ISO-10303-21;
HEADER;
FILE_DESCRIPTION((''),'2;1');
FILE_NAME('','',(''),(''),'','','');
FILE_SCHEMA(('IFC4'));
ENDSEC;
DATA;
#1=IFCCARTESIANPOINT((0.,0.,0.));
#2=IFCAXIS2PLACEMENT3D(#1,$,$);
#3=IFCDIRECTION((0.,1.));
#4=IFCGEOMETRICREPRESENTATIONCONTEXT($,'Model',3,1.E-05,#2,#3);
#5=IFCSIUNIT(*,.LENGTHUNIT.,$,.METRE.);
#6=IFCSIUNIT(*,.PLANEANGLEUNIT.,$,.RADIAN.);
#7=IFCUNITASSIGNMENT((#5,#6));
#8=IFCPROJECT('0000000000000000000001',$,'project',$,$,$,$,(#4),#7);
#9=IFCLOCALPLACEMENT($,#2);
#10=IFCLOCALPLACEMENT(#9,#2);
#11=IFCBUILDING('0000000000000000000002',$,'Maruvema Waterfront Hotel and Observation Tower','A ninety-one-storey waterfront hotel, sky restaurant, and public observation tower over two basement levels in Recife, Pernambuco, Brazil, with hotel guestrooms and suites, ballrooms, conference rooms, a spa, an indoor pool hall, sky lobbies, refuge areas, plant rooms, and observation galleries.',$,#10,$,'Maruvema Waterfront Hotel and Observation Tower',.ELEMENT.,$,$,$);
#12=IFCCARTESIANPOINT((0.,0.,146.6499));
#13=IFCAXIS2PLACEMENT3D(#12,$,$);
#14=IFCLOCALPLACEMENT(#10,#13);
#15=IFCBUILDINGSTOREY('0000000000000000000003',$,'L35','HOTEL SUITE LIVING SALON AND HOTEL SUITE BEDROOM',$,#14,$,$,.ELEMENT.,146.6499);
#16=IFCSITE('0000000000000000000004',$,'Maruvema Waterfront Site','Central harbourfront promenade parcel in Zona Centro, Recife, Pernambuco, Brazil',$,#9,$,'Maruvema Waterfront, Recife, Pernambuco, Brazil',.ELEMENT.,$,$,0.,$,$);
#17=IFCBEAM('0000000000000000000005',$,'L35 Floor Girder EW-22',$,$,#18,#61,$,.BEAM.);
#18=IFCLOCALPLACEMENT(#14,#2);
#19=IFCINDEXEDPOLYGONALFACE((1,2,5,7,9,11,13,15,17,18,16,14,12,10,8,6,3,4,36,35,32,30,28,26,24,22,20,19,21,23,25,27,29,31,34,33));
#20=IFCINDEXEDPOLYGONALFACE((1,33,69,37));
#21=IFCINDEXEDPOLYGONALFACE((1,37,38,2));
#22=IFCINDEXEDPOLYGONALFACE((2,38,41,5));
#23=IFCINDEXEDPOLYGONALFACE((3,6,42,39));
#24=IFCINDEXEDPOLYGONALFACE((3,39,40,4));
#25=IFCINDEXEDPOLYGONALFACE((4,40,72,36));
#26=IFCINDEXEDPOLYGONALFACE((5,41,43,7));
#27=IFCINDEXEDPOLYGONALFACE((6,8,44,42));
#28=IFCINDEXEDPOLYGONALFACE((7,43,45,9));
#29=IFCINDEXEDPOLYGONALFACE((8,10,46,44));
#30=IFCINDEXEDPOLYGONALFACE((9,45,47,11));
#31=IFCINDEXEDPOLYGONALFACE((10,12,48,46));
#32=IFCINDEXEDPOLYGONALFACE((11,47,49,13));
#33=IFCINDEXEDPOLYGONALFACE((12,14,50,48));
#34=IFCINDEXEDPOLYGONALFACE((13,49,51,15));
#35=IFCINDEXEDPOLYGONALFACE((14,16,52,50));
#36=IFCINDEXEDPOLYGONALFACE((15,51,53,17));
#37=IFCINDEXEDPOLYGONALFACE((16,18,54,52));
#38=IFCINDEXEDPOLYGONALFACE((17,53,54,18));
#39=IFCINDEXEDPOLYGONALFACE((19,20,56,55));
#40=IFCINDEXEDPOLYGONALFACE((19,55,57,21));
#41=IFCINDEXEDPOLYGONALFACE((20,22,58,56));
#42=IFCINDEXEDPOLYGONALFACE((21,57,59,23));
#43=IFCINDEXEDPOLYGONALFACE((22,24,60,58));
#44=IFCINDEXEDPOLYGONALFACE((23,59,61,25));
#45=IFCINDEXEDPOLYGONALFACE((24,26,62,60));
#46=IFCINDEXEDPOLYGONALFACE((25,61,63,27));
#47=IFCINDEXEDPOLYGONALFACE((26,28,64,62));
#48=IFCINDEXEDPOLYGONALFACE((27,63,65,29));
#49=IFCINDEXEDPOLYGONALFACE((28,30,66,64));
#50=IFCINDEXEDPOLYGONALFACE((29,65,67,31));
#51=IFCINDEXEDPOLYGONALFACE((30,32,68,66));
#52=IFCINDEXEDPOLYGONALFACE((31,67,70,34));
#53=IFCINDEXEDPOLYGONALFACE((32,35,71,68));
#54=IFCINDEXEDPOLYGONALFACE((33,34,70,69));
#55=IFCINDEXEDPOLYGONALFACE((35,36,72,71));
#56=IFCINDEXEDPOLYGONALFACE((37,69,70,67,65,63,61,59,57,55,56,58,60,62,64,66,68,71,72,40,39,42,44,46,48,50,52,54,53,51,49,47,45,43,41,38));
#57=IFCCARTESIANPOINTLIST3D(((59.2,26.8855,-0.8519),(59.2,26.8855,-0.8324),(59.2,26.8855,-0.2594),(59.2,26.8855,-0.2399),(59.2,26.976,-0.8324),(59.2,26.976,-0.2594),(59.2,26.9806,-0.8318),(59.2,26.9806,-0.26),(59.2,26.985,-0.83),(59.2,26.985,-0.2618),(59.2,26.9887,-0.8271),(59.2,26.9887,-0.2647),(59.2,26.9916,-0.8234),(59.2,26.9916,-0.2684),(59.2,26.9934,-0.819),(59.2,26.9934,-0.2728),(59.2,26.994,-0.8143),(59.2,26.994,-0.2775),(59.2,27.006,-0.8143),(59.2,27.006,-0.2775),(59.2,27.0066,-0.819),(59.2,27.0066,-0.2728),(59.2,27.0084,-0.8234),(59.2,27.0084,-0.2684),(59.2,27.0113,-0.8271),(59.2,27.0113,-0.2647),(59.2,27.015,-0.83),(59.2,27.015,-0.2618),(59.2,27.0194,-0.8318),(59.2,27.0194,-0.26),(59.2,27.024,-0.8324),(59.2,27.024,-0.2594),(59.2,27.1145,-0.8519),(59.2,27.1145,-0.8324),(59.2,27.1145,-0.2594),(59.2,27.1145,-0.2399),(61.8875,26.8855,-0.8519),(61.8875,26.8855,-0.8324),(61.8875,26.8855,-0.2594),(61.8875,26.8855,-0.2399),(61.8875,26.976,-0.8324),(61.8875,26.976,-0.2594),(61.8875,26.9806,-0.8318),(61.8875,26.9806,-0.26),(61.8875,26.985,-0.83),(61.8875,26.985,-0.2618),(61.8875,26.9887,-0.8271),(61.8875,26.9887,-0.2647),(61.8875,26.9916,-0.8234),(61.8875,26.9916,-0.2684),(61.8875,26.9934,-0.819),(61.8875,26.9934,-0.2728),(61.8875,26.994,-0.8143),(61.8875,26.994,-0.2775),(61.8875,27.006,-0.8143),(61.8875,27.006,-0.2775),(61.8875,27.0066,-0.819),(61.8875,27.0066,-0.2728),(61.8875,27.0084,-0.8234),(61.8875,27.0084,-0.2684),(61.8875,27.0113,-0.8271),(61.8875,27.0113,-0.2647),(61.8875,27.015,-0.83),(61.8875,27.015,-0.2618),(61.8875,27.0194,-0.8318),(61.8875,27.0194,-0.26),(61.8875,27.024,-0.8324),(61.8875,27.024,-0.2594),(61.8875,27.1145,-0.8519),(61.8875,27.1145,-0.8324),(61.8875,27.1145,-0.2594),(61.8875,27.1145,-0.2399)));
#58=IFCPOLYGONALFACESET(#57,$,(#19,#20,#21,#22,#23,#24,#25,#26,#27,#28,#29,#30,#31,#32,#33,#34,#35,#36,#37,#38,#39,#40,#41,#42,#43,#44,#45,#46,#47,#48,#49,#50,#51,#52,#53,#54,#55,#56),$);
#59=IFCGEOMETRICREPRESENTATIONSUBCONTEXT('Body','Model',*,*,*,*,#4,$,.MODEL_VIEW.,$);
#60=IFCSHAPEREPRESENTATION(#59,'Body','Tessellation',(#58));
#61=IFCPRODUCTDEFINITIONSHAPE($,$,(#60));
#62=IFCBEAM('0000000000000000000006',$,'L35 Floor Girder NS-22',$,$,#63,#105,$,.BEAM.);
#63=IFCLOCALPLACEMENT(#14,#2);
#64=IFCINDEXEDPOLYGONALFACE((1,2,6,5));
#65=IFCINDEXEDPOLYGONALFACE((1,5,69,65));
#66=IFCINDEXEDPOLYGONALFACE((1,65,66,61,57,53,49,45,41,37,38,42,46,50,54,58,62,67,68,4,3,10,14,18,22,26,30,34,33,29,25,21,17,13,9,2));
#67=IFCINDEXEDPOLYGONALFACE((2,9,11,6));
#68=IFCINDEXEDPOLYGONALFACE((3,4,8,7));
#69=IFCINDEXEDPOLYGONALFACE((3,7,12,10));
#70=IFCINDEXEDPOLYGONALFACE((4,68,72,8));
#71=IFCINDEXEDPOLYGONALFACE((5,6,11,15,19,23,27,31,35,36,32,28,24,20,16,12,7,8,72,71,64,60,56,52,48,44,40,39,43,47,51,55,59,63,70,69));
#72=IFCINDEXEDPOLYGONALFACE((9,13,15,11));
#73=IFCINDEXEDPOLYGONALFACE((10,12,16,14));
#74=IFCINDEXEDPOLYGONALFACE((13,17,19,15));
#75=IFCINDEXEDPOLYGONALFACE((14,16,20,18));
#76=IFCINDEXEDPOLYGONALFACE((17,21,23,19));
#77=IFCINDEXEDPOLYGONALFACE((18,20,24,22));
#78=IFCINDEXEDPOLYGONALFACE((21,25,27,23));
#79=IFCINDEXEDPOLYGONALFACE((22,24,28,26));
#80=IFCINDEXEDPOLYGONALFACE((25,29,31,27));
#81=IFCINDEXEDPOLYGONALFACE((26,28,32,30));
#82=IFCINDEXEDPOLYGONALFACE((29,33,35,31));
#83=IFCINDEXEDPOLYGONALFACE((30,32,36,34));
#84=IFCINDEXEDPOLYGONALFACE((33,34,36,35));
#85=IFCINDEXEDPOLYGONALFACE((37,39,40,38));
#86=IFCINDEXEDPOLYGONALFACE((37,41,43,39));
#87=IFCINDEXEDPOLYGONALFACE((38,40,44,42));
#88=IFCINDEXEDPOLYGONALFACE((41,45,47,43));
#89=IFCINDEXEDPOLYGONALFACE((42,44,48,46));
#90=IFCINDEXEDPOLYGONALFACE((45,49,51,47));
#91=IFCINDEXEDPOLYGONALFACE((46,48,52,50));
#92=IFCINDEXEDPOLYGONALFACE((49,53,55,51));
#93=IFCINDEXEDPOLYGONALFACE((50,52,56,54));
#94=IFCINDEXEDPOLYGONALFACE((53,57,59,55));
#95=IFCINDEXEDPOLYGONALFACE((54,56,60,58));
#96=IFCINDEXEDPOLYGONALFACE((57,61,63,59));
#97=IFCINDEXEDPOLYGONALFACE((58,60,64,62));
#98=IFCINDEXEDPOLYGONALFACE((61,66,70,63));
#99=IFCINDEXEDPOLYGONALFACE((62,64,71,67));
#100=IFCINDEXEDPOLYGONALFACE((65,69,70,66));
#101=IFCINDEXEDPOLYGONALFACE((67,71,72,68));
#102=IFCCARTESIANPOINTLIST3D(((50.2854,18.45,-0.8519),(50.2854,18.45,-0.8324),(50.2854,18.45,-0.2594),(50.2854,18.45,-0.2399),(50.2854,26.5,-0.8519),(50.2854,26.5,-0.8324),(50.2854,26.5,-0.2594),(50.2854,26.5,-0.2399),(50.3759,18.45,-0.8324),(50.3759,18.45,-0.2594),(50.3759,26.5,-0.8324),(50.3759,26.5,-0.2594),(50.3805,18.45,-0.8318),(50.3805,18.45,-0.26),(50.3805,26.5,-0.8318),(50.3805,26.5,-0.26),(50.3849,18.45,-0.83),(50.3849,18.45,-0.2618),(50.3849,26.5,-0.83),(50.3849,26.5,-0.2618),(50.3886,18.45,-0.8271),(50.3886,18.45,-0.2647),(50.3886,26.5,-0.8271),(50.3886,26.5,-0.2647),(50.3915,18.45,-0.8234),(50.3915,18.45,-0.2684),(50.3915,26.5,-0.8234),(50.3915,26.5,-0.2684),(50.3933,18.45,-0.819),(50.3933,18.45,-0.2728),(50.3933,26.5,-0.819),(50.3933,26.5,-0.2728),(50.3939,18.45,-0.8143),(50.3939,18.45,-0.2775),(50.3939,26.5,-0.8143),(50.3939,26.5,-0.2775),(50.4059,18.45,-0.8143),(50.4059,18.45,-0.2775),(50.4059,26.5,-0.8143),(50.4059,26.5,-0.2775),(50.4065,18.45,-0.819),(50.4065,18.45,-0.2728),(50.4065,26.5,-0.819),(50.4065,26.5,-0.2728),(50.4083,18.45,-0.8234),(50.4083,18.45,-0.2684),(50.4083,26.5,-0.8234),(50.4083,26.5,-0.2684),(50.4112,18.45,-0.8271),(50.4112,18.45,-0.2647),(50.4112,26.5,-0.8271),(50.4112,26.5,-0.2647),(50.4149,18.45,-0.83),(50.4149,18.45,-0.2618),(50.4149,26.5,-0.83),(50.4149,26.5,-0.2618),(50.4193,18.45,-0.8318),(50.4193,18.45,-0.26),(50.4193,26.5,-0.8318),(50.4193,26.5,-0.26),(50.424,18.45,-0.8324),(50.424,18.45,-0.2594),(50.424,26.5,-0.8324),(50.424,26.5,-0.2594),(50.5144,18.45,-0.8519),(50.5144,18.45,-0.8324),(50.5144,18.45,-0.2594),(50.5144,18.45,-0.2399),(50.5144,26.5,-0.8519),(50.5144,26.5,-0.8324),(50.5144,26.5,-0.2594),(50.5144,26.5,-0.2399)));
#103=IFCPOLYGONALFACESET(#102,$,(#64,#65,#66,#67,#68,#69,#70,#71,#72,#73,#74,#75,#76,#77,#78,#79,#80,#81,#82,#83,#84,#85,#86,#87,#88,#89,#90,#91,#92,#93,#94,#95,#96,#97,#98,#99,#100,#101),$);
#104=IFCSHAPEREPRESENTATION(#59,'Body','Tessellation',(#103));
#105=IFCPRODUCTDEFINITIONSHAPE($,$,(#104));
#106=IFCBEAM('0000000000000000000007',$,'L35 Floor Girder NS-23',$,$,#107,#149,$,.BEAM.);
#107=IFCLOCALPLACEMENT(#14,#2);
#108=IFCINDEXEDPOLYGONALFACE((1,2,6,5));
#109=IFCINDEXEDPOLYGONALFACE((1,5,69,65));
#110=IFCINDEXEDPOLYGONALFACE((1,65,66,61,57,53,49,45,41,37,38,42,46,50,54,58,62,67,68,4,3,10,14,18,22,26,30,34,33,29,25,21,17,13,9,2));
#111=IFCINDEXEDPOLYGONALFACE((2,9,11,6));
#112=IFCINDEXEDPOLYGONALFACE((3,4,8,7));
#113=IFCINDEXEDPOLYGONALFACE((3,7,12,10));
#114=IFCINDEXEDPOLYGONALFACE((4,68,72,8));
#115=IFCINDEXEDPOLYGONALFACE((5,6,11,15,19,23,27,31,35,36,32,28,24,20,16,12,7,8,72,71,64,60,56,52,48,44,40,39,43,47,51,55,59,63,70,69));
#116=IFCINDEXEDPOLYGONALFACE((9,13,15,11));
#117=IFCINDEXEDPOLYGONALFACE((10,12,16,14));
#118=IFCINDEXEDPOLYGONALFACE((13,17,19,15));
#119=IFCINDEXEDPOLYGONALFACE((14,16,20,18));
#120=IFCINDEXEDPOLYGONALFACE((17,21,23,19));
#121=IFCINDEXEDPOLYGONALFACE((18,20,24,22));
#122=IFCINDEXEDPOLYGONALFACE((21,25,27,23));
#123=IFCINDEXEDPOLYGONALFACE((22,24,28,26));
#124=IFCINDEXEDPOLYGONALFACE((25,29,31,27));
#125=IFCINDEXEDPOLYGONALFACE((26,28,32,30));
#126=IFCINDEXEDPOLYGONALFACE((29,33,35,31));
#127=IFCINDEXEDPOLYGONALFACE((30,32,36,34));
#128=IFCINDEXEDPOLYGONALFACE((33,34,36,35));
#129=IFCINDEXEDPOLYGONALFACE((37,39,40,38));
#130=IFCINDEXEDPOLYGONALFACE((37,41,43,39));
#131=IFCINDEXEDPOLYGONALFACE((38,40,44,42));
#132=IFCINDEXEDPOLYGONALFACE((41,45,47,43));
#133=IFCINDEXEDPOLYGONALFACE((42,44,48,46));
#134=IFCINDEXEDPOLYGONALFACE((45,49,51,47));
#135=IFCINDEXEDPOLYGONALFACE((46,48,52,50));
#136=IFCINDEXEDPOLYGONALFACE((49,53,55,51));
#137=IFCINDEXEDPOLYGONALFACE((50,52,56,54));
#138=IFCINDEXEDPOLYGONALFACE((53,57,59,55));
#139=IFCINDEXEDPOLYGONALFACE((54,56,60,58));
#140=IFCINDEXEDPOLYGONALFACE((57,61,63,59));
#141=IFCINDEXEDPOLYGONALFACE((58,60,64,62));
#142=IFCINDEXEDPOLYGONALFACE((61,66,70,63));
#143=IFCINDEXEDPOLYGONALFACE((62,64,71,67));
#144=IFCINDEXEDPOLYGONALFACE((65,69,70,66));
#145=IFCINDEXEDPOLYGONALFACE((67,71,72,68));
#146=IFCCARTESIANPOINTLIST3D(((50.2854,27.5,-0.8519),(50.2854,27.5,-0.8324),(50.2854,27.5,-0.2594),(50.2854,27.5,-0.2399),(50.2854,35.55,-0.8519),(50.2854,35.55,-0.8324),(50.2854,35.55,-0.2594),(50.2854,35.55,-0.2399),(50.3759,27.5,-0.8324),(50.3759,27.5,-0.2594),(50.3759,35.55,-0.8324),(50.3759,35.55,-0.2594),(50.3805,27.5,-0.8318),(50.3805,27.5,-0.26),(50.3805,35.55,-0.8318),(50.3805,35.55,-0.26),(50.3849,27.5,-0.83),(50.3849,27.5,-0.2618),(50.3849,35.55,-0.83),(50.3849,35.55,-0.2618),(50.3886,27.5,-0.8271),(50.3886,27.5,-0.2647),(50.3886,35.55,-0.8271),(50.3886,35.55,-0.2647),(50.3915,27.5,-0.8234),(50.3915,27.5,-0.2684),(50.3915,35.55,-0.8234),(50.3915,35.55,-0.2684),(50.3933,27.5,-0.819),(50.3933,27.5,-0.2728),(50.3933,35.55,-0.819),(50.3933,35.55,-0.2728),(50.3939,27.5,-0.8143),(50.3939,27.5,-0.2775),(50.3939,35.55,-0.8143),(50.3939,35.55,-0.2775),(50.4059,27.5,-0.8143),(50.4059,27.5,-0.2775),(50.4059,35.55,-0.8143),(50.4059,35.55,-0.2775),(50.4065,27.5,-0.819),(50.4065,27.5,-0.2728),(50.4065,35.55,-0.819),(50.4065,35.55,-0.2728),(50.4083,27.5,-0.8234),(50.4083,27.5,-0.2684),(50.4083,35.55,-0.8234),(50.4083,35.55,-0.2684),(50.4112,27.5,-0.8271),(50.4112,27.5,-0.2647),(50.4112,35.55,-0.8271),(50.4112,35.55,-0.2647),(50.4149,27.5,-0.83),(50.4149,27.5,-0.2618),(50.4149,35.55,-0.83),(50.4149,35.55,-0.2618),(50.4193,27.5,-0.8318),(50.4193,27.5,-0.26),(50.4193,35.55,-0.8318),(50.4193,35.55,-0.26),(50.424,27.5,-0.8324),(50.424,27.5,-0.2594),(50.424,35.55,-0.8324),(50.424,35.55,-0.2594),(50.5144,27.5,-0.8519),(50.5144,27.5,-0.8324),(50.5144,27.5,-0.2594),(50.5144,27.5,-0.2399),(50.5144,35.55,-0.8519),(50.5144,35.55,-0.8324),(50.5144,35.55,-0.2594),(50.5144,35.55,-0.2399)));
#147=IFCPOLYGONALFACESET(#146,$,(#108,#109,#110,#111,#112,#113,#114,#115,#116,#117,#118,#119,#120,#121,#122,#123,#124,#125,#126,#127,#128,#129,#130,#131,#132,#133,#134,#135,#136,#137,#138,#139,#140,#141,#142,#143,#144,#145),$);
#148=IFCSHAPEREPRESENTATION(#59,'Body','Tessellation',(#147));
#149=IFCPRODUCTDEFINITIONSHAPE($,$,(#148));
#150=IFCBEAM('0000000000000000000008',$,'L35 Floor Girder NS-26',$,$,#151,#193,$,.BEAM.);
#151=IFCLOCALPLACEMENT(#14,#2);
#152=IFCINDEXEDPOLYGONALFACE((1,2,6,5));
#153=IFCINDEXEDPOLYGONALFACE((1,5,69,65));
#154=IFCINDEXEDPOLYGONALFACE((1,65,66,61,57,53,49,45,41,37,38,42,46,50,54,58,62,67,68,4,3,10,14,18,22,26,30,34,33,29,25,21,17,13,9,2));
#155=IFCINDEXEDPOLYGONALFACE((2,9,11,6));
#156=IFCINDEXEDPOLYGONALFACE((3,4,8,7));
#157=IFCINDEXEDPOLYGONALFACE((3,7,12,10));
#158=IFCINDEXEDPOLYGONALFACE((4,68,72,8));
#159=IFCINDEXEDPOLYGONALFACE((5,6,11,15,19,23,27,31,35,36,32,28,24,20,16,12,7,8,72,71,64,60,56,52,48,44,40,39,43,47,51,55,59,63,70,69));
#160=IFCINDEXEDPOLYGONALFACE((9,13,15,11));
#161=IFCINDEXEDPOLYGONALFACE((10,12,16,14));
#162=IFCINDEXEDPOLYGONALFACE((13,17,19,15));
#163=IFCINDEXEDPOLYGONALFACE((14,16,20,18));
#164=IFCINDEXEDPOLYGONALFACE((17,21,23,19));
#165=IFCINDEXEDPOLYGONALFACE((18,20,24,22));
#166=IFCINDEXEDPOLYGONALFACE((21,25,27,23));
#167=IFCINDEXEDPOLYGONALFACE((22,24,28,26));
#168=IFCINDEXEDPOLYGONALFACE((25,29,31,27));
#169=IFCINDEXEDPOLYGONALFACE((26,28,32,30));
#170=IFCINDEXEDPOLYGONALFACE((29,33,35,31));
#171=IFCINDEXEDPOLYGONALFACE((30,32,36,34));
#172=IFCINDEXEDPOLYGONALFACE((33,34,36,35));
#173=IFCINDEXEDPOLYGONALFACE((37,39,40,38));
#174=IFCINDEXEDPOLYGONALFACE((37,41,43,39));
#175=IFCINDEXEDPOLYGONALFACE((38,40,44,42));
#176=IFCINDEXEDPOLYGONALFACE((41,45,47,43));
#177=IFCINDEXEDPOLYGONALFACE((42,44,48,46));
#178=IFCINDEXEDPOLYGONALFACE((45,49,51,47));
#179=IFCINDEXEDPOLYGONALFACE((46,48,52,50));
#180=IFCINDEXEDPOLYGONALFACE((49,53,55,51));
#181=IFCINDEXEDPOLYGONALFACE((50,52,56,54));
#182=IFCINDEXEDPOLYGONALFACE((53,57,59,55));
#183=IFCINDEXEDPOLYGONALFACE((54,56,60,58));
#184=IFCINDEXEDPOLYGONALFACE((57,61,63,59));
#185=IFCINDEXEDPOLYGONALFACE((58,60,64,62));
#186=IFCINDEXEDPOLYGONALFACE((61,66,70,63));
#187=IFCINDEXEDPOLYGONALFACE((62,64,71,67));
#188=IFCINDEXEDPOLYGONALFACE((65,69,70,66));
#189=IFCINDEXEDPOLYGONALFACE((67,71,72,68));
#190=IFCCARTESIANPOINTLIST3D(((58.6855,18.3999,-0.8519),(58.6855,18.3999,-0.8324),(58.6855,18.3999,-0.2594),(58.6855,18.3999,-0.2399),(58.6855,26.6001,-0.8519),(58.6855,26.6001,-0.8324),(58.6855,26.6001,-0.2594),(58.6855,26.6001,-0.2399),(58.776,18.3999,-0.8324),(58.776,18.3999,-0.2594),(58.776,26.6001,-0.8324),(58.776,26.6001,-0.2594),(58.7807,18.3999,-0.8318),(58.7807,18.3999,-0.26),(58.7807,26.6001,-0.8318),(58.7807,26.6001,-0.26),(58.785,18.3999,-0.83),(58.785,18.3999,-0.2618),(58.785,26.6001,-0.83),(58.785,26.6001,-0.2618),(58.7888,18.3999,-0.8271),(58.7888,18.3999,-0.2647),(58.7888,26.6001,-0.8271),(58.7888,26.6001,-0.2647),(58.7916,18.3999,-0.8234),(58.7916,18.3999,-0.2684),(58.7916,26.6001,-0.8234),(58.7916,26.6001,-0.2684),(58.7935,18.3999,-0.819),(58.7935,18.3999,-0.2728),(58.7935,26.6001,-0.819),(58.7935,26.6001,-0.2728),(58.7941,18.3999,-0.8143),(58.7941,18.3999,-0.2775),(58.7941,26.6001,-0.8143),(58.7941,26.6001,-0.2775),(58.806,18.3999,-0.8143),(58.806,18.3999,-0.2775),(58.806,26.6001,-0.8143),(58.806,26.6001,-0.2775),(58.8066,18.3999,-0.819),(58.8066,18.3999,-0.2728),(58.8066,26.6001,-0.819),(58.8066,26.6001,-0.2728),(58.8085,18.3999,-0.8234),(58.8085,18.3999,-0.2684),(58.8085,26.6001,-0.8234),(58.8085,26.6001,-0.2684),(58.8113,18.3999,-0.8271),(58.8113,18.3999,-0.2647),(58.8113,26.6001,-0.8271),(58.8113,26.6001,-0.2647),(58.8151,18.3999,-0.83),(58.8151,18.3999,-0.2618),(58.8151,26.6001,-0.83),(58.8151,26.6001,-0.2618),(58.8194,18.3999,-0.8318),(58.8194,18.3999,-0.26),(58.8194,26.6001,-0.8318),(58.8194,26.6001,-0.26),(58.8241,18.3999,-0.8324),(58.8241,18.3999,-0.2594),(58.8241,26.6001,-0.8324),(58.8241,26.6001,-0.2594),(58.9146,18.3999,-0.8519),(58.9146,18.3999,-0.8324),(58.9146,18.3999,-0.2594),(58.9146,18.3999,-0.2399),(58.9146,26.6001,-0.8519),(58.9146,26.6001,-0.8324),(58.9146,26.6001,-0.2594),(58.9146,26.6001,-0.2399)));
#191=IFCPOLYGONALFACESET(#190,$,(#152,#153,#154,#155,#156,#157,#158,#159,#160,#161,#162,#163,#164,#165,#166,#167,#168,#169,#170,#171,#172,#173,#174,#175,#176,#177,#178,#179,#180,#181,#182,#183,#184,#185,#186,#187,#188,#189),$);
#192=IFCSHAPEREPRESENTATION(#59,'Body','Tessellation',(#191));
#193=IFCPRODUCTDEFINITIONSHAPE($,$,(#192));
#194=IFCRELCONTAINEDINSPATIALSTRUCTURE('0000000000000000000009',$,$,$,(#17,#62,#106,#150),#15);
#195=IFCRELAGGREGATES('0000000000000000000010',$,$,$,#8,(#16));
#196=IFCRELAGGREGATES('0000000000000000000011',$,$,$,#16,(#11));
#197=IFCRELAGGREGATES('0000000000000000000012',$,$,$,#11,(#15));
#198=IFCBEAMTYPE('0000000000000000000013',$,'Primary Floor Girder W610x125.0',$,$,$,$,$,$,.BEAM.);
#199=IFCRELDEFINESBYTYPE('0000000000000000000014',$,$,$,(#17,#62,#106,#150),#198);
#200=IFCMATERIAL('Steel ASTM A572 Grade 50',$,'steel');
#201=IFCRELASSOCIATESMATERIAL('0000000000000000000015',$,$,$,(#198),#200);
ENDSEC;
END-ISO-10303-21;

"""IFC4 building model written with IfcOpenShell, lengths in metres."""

from ifc_helpers import new_model, si_unit, direction, frame, origin, origin_2d, place, context, subcontext, project, spatial, i_section, extrude, material, material_profile, profile_set, type_object, element, save


model = new_model("IFC4")

# Units and contexts
model_context = context("Model", 3, precision=1e-05, world=origin(), true_north=direction((0.0, 1.0)))
body_context = subcontext(model_context, "Body", "Model", "MODEL_VIEW")
ifc_project = project(units=[si_unit("LENGTHUNIT", "METRE"), si_unit("PLANEANGLEUNIT", "RADIAN")], contexts=[model_context])

# Site, building, storey
site_placement = place(None, origin())
site = spatial("IfcSite", under=ifc_project, at=site_placement, Name="Maruvema Waterfront Site", Description="Central harbourfront promenade parcel in Zona Centro, Recife, Pernambuco, Brazil", LongName="Maruvema Waterfront, Recife, Pernambuco, Brazil", CompositionType="ELEMENT", RefElevation=0.0)
building_placement = place(site_placement, origin())
building = spatial("IfcBuilding", under=site, at=building_placement, Name="Maruvema Waterfront Hotel and Observation Tower", Description="A ninety-one-storey waterfront hotel, sky restaurant, and public observation tower over two basement levels in Recife, Pernambuco, Brazil, with hotel guestrooms and suites, ballrooms, conference rooms, a spa, an indoor pool hall, sky lobbies, refuge areas, plant rooms, and observation galleries.", LongName="Maruvema Waterfront Hotel and Observation Tower", CompositionType="ELEMENT")
storey_placement = place(building_placement, frame((0.0, 0.0, 146.6499)))
storey = spatial("IfcBuildingStorey", under=building, at=storey_placement, Name="L35", Description="HOTEL SUITE LIVING SALON AND HOTEL SUITE BEDROOM", CompositionType="ELEMENT", Elevation=146.6499)

# Beams
ifc_material_1 = material(Name="Steel ASTM A572 Grade 50", Category="steel")
ifc_material_profile_1 = material_profile(ifc_material_1, i_section(OverallWidth=0.229, OverallDepth=0.6121, WebThickness=0.012, FlangeThickness=0.0195, FilletRadius=0.0181, at=origin_2d()), Name="W610x125.0")
ifc_profile_set_1 = profile_set([ifc_material_profile_1], Name="Steel ASTM A572 Grade 50")
beam_type_1 = type_object("IfcBeamType", Name="Primary Floor Girder W610x125.0", PredefinedType="BEAM", material=ifc_profile_set_1)
beam_1_placement = place(storey_placement, frame((59.2, 27.0, -0.5459), z_axis=(1.0, 0.0, 0.0), x_axis=(0.0, 1.0, 0.0)))
element("IfcBeam", 1, at=beam_1_placement, inside=storey, type_object=beam_type_1, Name="L35 Floor Girder EW-22", PredefinedType="BEAM", context=body_context, shape_type="SweptSolid", body=[
    extrude(i_section(OverallWidth=0.229, OverallDepth=0.6121, WebThickness=0.012, FlangeThickness=0.0195, FilletRadius=0.0181, at=origin_2d()), origin(), (0.0, 0.0, 1.0), 2.6875),
])
for number, where, z_axis, x_axis, name in (
    (2, (50.3999, 18.45, -0.5459), (0.0, 1.0, 0.0), (-1.0, 0.0, 0.0), "L35 Floor Girder NS-22"),
    (3, (50.3999, 27.5, -0.5459), (0.0, 1.0, 0.0), (-1.0, 0.0, 0.0), "L35 Floor Girder NS-23"),
):
    element("IfcBeam", number, at=place(storey_placement, frame(where, z_axis=z_axis, x_axis=x_axis)), inside=storey, type_object=beam_type_1, Name=name, PredefinedType="BEAM", context=body_context, shape_type="SweptSolid", body=[
        extrude(i_section(OverallWidth=0.229, OverallDepth=0.6121, WebThickness=0.012, FlangeThickness=0.0195, FilletRadius=0.0181, at=origin_2d()), origin(), (0.0, 0.0, 1.0), 8.05),
    ])
for number, where, z_axis, x_axis, name in (
    (4, (58.8, 18.3999, -0.5459), (0.0, 1.0, 0.0), (-1.0, 0.0, 0.0), "L35 Floor Girder NS-26"),
):
    element("IfcBeam", number, at=place(storey_placement, frame(where, z_axis=z_axis, x_axis=x_axis)), inside=storey, type_object=beam_type_1, Name=name, PredefinedType="BEAM", context=body_context, shape_type="SweptSolid", body=[
        extrude(i_section(OverallWidth=0.229, OverallDepth=0.6121, WebThickness=0.012, FlangeThickness=0.0195, FilletRadius=0.0181, at=origin_2d()), origin(), (0.0, 0.0, 1.0), 8.2002),
    ])

save(model, "model.ifc")
